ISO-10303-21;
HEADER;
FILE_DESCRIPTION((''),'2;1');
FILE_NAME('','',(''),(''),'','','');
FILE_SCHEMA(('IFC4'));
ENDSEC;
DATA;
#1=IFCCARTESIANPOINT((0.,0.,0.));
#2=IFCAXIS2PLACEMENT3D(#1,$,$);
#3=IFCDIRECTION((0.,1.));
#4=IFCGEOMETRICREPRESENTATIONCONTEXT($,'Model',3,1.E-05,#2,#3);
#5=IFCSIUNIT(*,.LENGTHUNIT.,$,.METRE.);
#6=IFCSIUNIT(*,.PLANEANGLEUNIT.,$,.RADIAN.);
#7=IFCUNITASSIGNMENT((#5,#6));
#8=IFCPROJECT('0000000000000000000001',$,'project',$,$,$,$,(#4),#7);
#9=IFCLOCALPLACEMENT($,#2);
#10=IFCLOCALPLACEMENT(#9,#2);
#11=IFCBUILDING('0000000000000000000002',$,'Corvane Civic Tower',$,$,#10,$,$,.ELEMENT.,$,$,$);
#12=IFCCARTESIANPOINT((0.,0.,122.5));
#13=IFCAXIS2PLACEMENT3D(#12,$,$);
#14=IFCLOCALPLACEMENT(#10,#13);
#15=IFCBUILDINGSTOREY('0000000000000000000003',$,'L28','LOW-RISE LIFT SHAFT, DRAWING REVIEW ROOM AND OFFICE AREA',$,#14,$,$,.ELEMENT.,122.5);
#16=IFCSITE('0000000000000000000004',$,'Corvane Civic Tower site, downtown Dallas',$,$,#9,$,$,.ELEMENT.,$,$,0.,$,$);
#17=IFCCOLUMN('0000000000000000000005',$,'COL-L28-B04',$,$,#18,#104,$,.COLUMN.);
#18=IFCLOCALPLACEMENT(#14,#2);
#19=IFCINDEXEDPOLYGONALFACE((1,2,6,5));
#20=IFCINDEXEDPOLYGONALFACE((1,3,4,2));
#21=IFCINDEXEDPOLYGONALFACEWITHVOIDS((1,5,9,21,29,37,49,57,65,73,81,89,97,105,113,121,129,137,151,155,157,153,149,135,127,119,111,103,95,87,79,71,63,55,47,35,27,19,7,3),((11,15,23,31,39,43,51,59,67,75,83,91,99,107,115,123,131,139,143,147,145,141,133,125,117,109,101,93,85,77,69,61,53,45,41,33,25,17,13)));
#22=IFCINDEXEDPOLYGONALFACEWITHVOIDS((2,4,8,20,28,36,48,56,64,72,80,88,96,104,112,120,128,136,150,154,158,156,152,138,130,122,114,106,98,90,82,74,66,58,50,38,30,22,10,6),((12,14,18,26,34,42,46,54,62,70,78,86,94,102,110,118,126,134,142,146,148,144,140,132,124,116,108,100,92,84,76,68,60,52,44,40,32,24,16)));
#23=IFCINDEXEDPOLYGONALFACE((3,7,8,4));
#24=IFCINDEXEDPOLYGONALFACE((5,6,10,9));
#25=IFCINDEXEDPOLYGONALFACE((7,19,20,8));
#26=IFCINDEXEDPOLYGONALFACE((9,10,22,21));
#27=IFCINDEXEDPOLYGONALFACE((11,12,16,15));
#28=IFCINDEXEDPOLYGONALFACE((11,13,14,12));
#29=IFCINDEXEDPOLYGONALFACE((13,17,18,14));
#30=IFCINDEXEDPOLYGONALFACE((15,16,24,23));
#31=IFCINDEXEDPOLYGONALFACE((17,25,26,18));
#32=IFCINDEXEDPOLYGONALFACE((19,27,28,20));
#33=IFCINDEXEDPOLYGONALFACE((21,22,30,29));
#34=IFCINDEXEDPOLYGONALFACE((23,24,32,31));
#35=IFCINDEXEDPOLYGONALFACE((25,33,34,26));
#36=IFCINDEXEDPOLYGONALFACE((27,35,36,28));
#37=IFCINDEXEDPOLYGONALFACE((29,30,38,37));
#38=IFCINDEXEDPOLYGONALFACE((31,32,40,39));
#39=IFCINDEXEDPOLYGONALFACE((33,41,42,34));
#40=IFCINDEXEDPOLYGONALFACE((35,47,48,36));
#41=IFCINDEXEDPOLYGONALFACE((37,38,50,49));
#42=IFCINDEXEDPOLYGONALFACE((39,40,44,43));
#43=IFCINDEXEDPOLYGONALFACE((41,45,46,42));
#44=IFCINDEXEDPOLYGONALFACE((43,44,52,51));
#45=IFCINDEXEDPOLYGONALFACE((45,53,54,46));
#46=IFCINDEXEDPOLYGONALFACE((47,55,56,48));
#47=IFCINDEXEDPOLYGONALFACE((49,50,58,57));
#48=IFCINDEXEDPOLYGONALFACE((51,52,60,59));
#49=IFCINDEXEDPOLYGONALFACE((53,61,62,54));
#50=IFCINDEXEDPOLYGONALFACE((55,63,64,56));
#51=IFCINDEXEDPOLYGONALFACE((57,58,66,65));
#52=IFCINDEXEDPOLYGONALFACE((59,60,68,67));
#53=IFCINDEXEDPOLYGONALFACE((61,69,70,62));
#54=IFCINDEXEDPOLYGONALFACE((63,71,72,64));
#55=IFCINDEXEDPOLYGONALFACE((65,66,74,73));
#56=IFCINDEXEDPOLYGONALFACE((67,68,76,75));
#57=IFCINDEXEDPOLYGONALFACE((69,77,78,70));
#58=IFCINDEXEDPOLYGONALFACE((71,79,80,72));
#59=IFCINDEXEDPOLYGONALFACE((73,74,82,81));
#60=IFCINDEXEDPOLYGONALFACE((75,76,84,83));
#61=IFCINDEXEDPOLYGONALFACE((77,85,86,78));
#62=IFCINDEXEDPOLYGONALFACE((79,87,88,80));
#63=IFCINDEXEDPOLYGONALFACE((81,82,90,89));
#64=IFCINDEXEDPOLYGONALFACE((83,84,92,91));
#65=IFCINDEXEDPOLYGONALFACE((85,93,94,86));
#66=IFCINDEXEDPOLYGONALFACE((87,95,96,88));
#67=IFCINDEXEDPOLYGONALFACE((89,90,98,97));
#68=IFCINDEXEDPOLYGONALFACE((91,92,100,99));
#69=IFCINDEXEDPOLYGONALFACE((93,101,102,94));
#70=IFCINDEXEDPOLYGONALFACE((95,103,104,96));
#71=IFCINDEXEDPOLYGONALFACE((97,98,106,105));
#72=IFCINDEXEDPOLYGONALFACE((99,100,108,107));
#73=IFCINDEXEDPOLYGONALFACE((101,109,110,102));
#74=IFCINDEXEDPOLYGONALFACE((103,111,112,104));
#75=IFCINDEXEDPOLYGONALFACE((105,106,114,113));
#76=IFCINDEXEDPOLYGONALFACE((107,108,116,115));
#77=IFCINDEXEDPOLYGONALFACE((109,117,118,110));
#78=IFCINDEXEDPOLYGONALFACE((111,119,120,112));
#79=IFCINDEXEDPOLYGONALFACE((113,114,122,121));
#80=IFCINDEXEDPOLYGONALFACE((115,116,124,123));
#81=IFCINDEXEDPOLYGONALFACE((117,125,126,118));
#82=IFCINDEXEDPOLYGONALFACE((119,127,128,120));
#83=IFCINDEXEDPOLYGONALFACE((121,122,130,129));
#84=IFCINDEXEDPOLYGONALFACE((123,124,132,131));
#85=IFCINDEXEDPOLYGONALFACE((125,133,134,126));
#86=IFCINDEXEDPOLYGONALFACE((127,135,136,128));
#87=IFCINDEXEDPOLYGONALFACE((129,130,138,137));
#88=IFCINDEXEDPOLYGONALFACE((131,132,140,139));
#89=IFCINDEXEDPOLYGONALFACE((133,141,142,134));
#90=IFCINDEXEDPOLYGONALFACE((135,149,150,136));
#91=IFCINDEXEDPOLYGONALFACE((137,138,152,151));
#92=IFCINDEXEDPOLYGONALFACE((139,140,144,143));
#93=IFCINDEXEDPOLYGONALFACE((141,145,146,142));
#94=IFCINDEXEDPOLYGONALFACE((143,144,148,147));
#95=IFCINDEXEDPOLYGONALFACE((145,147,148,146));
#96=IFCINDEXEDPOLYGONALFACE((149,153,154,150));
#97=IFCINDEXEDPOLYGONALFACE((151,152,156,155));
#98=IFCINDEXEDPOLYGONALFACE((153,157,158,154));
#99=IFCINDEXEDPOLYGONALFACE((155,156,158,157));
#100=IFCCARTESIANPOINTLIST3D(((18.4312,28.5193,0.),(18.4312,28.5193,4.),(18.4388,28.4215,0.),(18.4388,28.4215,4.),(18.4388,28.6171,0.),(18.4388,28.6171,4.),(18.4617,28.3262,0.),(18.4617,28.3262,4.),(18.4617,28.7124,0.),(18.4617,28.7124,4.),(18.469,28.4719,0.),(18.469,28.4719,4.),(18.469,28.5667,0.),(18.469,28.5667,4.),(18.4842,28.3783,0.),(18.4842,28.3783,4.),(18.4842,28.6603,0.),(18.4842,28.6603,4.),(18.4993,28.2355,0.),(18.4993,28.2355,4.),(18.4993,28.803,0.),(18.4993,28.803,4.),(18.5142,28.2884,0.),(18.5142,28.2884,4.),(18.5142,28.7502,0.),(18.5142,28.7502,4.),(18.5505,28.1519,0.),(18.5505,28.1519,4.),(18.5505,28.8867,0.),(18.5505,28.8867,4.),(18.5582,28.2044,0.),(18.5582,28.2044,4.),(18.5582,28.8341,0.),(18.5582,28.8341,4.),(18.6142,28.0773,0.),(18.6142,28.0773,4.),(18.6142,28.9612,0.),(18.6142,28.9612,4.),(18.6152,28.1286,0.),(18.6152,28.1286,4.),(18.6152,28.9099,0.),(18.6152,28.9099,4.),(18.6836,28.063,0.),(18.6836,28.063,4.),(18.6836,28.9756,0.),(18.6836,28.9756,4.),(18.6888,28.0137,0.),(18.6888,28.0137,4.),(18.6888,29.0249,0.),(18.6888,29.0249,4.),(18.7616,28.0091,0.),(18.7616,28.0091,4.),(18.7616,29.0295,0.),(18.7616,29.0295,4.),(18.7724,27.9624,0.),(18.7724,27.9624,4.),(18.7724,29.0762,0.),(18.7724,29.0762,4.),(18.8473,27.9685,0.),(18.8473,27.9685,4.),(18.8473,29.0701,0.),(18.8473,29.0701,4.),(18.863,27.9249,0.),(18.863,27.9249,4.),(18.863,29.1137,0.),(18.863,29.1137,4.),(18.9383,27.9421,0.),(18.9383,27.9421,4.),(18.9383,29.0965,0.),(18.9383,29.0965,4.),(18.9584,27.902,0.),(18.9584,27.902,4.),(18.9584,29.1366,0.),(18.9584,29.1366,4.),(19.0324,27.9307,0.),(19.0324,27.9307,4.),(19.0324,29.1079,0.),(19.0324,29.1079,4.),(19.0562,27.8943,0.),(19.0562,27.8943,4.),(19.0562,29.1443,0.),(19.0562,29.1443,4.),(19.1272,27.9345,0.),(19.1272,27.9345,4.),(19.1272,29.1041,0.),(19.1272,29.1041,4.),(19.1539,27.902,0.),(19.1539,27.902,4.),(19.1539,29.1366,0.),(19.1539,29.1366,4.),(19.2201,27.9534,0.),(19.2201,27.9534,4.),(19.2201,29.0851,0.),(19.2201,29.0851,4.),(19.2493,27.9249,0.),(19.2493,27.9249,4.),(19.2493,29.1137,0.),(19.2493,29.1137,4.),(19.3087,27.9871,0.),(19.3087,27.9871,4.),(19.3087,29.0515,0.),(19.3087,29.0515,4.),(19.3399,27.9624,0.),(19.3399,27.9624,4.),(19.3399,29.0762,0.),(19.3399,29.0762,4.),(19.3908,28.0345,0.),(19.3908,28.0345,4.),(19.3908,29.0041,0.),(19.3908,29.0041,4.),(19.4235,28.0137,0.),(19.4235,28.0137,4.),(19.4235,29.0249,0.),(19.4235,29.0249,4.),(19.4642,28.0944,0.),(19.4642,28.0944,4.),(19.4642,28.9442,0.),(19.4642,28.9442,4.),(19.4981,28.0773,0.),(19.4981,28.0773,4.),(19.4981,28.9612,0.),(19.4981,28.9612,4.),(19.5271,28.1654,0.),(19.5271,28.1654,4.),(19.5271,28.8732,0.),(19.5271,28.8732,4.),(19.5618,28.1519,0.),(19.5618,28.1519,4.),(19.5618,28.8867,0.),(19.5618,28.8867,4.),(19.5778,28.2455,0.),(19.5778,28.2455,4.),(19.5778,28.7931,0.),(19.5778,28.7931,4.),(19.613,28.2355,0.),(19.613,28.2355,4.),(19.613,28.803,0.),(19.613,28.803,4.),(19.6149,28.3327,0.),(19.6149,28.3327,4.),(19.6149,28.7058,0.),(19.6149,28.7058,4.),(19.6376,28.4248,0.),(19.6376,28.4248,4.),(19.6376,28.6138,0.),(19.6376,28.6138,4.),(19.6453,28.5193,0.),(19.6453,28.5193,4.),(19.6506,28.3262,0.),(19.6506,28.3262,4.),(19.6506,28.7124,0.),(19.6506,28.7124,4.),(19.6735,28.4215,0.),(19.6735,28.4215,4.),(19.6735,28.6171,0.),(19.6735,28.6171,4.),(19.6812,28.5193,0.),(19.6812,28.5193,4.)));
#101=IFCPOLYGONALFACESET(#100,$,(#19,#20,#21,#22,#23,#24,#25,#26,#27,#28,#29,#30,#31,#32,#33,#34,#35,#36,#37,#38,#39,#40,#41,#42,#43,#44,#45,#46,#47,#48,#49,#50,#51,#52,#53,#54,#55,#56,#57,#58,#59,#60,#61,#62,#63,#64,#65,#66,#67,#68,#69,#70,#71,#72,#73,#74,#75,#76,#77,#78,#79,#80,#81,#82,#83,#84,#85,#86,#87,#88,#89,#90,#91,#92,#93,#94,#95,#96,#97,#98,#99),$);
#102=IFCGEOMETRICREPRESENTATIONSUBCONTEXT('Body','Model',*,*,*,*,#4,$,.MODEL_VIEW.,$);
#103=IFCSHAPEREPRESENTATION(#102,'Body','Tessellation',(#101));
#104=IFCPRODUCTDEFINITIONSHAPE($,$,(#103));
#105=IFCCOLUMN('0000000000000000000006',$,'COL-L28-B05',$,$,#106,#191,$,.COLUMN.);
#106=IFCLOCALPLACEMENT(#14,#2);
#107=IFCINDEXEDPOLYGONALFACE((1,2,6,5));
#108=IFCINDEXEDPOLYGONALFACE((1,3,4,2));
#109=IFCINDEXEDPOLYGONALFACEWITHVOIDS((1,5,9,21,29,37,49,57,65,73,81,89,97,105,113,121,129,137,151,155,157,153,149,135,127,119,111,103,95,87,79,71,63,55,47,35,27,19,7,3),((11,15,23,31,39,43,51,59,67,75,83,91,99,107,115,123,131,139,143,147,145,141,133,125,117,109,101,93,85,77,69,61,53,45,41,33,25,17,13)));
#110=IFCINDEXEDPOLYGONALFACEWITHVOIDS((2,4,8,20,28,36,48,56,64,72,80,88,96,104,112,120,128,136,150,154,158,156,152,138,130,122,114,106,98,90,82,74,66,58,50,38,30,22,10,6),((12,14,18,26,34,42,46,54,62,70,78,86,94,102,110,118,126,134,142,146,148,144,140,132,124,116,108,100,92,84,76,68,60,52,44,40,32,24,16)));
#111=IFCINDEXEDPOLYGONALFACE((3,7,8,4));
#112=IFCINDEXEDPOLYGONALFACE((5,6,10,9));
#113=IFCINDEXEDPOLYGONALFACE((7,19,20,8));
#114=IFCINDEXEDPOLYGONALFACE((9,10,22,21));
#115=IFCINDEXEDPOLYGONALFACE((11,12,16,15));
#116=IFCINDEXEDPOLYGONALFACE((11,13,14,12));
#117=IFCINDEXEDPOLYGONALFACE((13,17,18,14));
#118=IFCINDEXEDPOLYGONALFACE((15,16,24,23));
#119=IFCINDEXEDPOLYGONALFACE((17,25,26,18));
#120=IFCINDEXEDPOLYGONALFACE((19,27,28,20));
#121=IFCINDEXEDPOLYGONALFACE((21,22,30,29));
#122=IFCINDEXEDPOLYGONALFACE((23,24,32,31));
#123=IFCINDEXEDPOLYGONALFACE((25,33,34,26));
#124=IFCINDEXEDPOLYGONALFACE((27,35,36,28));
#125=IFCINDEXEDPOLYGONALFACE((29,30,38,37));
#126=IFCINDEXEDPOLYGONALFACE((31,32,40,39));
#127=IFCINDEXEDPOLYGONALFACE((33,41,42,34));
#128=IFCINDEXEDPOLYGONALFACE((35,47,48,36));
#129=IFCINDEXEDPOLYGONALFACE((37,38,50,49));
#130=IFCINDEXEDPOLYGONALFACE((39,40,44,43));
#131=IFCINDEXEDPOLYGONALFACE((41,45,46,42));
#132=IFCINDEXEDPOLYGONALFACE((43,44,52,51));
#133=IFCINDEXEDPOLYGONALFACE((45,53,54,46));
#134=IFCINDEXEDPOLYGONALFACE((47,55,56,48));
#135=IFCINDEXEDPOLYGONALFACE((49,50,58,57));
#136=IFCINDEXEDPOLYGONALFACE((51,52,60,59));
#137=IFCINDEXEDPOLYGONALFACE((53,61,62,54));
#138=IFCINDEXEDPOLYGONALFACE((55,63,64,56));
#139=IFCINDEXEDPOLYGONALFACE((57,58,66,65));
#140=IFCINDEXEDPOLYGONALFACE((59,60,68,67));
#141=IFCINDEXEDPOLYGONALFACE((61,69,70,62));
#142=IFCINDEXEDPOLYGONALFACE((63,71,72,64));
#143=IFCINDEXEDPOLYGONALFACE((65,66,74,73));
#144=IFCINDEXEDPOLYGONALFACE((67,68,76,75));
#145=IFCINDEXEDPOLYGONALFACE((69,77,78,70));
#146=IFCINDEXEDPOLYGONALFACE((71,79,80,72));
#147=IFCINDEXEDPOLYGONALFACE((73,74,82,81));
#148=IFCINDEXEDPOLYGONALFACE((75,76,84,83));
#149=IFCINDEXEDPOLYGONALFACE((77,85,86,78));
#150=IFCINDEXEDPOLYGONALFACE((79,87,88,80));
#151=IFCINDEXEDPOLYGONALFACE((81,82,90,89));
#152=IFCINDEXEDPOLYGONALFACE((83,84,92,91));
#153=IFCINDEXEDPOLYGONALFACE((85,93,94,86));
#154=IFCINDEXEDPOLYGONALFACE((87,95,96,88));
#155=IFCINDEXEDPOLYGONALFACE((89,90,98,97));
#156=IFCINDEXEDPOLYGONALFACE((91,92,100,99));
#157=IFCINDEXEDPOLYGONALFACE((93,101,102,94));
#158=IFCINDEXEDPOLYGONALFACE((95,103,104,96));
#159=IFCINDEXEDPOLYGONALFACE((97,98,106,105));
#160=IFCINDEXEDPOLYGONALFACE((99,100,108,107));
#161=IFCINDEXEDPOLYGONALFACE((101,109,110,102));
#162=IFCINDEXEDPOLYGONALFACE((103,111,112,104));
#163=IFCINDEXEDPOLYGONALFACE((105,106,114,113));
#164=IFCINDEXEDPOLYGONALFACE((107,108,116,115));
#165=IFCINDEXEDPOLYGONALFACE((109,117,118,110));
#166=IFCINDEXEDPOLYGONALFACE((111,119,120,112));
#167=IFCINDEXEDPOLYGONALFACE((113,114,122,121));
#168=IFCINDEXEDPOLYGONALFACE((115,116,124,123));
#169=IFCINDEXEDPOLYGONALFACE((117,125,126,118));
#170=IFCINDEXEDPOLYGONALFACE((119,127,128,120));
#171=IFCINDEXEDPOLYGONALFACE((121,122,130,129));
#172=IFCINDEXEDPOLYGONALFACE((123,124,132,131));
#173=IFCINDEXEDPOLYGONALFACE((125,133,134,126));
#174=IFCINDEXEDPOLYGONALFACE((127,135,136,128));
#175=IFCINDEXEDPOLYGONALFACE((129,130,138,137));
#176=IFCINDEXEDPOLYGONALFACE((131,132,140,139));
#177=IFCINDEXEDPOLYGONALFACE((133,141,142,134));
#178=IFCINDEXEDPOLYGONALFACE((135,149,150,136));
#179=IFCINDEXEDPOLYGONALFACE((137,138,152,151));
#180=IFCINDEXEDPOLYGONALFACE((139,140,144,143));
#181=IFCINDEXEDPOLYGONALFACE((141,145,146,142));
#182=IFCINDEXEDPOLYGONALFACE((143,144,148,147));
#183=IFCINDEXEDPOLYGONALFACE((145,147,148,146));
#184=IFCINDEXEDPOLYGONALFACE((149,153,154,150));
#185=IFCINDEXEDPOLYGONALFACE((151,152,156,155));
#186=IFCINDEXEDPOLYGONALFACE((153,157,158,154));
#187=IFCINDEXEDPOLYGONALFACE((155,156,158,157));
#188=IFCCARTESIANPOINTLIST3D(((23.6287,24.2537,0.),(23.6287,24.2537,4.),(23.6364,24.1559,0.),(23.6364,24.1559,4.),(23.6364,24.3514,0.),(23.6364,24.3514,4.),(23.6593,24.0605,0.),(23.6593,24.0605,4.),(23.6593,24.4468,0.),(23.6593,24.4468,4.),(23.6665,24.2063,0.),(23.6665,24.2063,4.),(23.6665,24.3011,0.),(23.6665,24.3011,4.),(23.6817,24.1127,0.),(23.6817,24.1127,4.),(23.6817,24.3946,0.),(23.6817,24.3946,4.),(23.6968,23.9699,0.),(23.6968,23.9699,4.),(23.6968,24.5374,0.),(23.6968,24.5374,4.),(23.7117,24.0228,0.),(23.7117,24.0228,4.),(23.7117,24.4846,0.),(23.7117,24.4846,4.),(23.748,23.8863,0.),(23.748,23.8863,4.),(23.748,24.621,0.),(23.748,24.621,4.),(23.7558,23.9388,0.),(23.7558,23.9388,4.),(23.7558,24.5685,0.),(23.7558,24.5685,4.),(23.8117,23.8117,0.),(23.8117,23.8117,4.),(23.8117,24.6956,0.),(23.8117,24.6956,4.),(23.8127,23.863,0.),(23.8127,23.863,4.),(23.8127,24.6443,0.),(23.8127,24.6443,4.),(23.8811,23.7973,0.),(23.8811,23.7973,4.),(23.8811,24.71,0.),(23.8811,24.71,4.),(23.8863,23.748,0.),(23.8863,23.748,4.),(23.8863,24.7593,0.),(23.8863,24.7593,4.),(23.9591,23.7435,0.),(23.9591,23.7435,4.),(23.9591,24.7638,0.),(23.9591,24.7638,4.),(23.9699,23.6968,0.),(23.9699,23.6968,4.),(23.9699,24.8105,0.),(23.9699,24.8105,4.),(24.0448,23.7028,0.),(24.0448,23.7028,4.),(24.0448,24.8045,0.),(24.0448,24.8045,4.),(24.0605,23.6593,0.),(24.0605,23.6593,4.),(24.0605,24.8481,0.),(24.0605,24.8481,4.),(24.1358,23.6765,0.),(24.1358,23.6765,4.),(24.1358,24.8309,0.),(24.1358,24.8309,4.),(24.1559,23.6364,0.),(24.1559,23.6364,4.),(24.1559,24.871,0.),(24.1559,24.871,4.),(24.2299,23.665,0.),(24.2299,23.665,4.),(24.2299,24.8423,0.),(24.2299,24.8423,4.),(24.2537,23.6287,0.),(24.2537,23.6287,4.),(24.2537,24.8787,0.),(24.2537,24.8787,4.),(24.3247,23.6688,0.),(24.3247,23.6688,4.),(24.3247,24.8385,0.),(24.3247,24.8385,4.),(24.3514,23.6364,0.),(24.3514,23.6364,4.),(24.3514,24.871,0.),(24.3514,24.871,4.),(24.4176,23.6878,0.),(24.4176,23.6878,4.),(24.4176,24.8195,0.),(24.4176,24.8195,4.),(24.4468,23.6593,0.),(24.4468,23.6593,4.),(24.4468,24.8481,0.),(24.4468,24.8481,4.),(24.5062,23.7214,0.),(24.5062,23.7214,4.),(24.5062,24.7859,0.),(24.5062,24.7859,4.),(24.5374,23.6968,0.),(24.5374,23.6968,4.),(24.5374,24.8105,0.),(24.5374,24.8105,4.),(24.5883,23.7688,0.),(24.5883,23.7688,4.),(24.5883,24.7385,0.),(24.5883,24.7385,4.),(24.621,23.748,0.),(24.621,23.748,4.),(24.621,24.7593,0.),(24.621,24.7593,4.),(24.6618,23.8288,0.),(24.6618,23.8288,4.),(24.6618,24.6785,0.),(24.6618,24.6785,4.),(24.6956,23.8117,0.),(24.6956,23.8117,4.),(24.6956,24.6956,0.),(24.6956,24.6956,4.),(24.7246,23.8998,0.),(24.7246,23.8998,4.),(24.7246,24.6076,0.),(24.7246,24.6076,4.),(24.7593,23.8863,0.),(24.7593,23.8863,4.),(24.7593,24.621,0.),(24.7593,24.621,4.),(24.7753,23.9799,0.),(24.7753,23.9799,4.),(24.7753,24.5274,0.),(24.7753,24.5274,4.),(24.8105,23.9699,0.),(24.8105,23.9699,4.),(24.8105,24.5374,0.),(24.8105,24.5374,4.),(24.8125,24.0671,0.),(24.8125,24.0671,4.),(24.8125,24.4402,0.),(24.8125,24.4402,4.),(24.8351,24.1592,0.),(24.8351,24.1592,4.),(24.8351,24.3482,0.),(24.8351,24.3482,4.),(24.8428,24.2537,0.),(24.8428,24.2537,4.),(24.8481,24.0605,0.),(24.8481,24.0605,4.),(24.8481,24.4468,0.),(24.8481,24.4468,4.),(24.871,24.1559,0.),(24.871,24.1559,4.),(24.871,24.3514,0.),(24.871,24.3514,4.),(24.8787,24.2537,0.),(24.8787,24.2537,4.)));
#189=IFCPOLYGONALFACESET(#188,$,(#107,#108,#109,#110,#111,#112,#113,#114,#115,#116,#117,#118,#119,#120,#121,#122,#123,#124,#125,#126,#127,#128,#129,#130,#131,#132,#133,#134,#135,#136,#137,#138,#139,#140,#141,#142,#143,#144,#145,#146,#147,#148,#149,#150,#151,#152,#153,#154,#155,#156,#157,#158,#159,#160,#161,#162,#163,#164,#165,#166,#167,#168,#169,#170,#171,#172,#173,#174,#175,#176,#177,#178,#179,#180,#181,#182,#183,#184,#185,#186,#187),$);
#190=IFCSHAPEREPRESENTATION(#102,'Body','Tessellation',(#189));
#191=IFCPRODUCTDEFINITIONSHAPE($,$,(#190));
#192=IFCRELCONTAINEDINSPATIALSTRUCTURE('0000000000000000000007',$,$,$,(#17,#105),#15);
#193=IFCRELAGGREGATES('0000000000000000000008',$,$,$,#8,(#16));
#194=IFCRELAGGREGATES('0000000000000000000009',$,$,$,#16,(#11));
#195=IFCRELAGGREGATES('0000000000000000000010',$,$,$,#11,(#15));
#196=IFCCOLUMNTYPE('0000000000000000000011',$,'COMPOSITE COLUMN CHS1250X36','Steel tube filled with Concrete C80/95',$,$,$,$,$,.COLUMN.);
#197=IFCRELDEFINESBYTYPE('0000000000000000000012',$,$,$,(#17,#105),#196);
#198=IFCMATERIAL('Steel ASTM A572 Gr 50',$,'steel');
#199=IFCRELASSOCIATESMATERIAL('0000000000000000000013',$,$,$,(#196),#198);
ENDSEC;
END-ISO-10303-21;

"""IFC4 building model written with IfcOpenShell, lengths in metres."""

from ifc_helpers import new_model, si_unit, direction, frame, origin, origin_2d, place, context, subcontext, project, spatial, hollow_circle, extrude, material, material_profile, profile_set, type_object, element, save


model = new_model("IFC4")

# Units and contexts
model_context = context("Model", 3, precision=1e-05, world=origin(), true_north=direction((0.0, 1.0)))
body_context = subcontext(model_context, "Body", "Model", "MODEL_VIEW")
ifc_project = project(units=[si_unit("LENGTHUNIT", "METRE"), si_unit("PLANEANGLEUNIT", "RADIAN")], contexts=[model_context])

# Site, building, storey
site_placement = place(None, origin())
site = spatial("IfcSite", under=ifc_project, at=site_placement, Name="Corvane Civic Tower site, downtown Dallas", CompositionType="ELEMENT", RefElevation=0.0)
building_placement = place(site_placement, origin())
building = spatial("IfcBuilding", under=site, at=building_placement, Name="Corvane Civic Tower", CompositionType="ELEMENT")
storey_placement = place(building_placement, frame((0.0, 0.0, 122.5)))
storey = spatial("IfcBuildingStorey", under=building, at=storey_placement, Name="L28", Description="LOW-RISE LIFT SHAFT, DRAWING REVIEW ROOM AND OFFICE AREA", CompositionType="ELEMENT", Elevation=122.5)

# Columns
ifc_material_1 = material(Name="Steel ASTM A572 Gr 50", Category="steel")
ifc_material_profile_1 = material_profile(ifc_material_1, hollow_circle(Radius=0.625, WallThickness=0.0359, at=origin_2d()), Name="CHS1250X36")
ifc_profile_set_1 = profile_set([ifc_material_profile_1], Name="Steel ASTM A572 Gr 50")
column_type = type_object("IfcColumnType", Name="COMPOSITE COLUMN CHS1250X36", Description="Steel tube filled with Concrete C80/95", PredefinedType="COLUMN", material=ifc_profile_set_1)
for number, where, z_axis, x_axis, name in (
    (1, (19.0562, 28.5193, 0.0), (0.0, 0.0, 1.0), (1.0, 0.0, 0.0), "COL-L28-B04"),
    (2, (24.2537, 24.2537, 0.0), (0.0, 0.0, 1.0), (1.0, 0.0, 0.0), "COL-L28-B05"),
):
    element("IfcColumn", number, at=place(storey_placement, frame(where, z_axis=z_axis, x_axis=x_axis)), inside=storey, type_object=column_type, Name=name, PredefinedType="COLUMN", context=body_context, shape_type="SweptSolid", body=[
        extrude(hollow_circle(Radius=0.625, WallThickness=0.0359, at=origin_2d()), origin(), (0.0, 0.0, 1.0), 4.0),
    ])

save(model, "model.ifc")
